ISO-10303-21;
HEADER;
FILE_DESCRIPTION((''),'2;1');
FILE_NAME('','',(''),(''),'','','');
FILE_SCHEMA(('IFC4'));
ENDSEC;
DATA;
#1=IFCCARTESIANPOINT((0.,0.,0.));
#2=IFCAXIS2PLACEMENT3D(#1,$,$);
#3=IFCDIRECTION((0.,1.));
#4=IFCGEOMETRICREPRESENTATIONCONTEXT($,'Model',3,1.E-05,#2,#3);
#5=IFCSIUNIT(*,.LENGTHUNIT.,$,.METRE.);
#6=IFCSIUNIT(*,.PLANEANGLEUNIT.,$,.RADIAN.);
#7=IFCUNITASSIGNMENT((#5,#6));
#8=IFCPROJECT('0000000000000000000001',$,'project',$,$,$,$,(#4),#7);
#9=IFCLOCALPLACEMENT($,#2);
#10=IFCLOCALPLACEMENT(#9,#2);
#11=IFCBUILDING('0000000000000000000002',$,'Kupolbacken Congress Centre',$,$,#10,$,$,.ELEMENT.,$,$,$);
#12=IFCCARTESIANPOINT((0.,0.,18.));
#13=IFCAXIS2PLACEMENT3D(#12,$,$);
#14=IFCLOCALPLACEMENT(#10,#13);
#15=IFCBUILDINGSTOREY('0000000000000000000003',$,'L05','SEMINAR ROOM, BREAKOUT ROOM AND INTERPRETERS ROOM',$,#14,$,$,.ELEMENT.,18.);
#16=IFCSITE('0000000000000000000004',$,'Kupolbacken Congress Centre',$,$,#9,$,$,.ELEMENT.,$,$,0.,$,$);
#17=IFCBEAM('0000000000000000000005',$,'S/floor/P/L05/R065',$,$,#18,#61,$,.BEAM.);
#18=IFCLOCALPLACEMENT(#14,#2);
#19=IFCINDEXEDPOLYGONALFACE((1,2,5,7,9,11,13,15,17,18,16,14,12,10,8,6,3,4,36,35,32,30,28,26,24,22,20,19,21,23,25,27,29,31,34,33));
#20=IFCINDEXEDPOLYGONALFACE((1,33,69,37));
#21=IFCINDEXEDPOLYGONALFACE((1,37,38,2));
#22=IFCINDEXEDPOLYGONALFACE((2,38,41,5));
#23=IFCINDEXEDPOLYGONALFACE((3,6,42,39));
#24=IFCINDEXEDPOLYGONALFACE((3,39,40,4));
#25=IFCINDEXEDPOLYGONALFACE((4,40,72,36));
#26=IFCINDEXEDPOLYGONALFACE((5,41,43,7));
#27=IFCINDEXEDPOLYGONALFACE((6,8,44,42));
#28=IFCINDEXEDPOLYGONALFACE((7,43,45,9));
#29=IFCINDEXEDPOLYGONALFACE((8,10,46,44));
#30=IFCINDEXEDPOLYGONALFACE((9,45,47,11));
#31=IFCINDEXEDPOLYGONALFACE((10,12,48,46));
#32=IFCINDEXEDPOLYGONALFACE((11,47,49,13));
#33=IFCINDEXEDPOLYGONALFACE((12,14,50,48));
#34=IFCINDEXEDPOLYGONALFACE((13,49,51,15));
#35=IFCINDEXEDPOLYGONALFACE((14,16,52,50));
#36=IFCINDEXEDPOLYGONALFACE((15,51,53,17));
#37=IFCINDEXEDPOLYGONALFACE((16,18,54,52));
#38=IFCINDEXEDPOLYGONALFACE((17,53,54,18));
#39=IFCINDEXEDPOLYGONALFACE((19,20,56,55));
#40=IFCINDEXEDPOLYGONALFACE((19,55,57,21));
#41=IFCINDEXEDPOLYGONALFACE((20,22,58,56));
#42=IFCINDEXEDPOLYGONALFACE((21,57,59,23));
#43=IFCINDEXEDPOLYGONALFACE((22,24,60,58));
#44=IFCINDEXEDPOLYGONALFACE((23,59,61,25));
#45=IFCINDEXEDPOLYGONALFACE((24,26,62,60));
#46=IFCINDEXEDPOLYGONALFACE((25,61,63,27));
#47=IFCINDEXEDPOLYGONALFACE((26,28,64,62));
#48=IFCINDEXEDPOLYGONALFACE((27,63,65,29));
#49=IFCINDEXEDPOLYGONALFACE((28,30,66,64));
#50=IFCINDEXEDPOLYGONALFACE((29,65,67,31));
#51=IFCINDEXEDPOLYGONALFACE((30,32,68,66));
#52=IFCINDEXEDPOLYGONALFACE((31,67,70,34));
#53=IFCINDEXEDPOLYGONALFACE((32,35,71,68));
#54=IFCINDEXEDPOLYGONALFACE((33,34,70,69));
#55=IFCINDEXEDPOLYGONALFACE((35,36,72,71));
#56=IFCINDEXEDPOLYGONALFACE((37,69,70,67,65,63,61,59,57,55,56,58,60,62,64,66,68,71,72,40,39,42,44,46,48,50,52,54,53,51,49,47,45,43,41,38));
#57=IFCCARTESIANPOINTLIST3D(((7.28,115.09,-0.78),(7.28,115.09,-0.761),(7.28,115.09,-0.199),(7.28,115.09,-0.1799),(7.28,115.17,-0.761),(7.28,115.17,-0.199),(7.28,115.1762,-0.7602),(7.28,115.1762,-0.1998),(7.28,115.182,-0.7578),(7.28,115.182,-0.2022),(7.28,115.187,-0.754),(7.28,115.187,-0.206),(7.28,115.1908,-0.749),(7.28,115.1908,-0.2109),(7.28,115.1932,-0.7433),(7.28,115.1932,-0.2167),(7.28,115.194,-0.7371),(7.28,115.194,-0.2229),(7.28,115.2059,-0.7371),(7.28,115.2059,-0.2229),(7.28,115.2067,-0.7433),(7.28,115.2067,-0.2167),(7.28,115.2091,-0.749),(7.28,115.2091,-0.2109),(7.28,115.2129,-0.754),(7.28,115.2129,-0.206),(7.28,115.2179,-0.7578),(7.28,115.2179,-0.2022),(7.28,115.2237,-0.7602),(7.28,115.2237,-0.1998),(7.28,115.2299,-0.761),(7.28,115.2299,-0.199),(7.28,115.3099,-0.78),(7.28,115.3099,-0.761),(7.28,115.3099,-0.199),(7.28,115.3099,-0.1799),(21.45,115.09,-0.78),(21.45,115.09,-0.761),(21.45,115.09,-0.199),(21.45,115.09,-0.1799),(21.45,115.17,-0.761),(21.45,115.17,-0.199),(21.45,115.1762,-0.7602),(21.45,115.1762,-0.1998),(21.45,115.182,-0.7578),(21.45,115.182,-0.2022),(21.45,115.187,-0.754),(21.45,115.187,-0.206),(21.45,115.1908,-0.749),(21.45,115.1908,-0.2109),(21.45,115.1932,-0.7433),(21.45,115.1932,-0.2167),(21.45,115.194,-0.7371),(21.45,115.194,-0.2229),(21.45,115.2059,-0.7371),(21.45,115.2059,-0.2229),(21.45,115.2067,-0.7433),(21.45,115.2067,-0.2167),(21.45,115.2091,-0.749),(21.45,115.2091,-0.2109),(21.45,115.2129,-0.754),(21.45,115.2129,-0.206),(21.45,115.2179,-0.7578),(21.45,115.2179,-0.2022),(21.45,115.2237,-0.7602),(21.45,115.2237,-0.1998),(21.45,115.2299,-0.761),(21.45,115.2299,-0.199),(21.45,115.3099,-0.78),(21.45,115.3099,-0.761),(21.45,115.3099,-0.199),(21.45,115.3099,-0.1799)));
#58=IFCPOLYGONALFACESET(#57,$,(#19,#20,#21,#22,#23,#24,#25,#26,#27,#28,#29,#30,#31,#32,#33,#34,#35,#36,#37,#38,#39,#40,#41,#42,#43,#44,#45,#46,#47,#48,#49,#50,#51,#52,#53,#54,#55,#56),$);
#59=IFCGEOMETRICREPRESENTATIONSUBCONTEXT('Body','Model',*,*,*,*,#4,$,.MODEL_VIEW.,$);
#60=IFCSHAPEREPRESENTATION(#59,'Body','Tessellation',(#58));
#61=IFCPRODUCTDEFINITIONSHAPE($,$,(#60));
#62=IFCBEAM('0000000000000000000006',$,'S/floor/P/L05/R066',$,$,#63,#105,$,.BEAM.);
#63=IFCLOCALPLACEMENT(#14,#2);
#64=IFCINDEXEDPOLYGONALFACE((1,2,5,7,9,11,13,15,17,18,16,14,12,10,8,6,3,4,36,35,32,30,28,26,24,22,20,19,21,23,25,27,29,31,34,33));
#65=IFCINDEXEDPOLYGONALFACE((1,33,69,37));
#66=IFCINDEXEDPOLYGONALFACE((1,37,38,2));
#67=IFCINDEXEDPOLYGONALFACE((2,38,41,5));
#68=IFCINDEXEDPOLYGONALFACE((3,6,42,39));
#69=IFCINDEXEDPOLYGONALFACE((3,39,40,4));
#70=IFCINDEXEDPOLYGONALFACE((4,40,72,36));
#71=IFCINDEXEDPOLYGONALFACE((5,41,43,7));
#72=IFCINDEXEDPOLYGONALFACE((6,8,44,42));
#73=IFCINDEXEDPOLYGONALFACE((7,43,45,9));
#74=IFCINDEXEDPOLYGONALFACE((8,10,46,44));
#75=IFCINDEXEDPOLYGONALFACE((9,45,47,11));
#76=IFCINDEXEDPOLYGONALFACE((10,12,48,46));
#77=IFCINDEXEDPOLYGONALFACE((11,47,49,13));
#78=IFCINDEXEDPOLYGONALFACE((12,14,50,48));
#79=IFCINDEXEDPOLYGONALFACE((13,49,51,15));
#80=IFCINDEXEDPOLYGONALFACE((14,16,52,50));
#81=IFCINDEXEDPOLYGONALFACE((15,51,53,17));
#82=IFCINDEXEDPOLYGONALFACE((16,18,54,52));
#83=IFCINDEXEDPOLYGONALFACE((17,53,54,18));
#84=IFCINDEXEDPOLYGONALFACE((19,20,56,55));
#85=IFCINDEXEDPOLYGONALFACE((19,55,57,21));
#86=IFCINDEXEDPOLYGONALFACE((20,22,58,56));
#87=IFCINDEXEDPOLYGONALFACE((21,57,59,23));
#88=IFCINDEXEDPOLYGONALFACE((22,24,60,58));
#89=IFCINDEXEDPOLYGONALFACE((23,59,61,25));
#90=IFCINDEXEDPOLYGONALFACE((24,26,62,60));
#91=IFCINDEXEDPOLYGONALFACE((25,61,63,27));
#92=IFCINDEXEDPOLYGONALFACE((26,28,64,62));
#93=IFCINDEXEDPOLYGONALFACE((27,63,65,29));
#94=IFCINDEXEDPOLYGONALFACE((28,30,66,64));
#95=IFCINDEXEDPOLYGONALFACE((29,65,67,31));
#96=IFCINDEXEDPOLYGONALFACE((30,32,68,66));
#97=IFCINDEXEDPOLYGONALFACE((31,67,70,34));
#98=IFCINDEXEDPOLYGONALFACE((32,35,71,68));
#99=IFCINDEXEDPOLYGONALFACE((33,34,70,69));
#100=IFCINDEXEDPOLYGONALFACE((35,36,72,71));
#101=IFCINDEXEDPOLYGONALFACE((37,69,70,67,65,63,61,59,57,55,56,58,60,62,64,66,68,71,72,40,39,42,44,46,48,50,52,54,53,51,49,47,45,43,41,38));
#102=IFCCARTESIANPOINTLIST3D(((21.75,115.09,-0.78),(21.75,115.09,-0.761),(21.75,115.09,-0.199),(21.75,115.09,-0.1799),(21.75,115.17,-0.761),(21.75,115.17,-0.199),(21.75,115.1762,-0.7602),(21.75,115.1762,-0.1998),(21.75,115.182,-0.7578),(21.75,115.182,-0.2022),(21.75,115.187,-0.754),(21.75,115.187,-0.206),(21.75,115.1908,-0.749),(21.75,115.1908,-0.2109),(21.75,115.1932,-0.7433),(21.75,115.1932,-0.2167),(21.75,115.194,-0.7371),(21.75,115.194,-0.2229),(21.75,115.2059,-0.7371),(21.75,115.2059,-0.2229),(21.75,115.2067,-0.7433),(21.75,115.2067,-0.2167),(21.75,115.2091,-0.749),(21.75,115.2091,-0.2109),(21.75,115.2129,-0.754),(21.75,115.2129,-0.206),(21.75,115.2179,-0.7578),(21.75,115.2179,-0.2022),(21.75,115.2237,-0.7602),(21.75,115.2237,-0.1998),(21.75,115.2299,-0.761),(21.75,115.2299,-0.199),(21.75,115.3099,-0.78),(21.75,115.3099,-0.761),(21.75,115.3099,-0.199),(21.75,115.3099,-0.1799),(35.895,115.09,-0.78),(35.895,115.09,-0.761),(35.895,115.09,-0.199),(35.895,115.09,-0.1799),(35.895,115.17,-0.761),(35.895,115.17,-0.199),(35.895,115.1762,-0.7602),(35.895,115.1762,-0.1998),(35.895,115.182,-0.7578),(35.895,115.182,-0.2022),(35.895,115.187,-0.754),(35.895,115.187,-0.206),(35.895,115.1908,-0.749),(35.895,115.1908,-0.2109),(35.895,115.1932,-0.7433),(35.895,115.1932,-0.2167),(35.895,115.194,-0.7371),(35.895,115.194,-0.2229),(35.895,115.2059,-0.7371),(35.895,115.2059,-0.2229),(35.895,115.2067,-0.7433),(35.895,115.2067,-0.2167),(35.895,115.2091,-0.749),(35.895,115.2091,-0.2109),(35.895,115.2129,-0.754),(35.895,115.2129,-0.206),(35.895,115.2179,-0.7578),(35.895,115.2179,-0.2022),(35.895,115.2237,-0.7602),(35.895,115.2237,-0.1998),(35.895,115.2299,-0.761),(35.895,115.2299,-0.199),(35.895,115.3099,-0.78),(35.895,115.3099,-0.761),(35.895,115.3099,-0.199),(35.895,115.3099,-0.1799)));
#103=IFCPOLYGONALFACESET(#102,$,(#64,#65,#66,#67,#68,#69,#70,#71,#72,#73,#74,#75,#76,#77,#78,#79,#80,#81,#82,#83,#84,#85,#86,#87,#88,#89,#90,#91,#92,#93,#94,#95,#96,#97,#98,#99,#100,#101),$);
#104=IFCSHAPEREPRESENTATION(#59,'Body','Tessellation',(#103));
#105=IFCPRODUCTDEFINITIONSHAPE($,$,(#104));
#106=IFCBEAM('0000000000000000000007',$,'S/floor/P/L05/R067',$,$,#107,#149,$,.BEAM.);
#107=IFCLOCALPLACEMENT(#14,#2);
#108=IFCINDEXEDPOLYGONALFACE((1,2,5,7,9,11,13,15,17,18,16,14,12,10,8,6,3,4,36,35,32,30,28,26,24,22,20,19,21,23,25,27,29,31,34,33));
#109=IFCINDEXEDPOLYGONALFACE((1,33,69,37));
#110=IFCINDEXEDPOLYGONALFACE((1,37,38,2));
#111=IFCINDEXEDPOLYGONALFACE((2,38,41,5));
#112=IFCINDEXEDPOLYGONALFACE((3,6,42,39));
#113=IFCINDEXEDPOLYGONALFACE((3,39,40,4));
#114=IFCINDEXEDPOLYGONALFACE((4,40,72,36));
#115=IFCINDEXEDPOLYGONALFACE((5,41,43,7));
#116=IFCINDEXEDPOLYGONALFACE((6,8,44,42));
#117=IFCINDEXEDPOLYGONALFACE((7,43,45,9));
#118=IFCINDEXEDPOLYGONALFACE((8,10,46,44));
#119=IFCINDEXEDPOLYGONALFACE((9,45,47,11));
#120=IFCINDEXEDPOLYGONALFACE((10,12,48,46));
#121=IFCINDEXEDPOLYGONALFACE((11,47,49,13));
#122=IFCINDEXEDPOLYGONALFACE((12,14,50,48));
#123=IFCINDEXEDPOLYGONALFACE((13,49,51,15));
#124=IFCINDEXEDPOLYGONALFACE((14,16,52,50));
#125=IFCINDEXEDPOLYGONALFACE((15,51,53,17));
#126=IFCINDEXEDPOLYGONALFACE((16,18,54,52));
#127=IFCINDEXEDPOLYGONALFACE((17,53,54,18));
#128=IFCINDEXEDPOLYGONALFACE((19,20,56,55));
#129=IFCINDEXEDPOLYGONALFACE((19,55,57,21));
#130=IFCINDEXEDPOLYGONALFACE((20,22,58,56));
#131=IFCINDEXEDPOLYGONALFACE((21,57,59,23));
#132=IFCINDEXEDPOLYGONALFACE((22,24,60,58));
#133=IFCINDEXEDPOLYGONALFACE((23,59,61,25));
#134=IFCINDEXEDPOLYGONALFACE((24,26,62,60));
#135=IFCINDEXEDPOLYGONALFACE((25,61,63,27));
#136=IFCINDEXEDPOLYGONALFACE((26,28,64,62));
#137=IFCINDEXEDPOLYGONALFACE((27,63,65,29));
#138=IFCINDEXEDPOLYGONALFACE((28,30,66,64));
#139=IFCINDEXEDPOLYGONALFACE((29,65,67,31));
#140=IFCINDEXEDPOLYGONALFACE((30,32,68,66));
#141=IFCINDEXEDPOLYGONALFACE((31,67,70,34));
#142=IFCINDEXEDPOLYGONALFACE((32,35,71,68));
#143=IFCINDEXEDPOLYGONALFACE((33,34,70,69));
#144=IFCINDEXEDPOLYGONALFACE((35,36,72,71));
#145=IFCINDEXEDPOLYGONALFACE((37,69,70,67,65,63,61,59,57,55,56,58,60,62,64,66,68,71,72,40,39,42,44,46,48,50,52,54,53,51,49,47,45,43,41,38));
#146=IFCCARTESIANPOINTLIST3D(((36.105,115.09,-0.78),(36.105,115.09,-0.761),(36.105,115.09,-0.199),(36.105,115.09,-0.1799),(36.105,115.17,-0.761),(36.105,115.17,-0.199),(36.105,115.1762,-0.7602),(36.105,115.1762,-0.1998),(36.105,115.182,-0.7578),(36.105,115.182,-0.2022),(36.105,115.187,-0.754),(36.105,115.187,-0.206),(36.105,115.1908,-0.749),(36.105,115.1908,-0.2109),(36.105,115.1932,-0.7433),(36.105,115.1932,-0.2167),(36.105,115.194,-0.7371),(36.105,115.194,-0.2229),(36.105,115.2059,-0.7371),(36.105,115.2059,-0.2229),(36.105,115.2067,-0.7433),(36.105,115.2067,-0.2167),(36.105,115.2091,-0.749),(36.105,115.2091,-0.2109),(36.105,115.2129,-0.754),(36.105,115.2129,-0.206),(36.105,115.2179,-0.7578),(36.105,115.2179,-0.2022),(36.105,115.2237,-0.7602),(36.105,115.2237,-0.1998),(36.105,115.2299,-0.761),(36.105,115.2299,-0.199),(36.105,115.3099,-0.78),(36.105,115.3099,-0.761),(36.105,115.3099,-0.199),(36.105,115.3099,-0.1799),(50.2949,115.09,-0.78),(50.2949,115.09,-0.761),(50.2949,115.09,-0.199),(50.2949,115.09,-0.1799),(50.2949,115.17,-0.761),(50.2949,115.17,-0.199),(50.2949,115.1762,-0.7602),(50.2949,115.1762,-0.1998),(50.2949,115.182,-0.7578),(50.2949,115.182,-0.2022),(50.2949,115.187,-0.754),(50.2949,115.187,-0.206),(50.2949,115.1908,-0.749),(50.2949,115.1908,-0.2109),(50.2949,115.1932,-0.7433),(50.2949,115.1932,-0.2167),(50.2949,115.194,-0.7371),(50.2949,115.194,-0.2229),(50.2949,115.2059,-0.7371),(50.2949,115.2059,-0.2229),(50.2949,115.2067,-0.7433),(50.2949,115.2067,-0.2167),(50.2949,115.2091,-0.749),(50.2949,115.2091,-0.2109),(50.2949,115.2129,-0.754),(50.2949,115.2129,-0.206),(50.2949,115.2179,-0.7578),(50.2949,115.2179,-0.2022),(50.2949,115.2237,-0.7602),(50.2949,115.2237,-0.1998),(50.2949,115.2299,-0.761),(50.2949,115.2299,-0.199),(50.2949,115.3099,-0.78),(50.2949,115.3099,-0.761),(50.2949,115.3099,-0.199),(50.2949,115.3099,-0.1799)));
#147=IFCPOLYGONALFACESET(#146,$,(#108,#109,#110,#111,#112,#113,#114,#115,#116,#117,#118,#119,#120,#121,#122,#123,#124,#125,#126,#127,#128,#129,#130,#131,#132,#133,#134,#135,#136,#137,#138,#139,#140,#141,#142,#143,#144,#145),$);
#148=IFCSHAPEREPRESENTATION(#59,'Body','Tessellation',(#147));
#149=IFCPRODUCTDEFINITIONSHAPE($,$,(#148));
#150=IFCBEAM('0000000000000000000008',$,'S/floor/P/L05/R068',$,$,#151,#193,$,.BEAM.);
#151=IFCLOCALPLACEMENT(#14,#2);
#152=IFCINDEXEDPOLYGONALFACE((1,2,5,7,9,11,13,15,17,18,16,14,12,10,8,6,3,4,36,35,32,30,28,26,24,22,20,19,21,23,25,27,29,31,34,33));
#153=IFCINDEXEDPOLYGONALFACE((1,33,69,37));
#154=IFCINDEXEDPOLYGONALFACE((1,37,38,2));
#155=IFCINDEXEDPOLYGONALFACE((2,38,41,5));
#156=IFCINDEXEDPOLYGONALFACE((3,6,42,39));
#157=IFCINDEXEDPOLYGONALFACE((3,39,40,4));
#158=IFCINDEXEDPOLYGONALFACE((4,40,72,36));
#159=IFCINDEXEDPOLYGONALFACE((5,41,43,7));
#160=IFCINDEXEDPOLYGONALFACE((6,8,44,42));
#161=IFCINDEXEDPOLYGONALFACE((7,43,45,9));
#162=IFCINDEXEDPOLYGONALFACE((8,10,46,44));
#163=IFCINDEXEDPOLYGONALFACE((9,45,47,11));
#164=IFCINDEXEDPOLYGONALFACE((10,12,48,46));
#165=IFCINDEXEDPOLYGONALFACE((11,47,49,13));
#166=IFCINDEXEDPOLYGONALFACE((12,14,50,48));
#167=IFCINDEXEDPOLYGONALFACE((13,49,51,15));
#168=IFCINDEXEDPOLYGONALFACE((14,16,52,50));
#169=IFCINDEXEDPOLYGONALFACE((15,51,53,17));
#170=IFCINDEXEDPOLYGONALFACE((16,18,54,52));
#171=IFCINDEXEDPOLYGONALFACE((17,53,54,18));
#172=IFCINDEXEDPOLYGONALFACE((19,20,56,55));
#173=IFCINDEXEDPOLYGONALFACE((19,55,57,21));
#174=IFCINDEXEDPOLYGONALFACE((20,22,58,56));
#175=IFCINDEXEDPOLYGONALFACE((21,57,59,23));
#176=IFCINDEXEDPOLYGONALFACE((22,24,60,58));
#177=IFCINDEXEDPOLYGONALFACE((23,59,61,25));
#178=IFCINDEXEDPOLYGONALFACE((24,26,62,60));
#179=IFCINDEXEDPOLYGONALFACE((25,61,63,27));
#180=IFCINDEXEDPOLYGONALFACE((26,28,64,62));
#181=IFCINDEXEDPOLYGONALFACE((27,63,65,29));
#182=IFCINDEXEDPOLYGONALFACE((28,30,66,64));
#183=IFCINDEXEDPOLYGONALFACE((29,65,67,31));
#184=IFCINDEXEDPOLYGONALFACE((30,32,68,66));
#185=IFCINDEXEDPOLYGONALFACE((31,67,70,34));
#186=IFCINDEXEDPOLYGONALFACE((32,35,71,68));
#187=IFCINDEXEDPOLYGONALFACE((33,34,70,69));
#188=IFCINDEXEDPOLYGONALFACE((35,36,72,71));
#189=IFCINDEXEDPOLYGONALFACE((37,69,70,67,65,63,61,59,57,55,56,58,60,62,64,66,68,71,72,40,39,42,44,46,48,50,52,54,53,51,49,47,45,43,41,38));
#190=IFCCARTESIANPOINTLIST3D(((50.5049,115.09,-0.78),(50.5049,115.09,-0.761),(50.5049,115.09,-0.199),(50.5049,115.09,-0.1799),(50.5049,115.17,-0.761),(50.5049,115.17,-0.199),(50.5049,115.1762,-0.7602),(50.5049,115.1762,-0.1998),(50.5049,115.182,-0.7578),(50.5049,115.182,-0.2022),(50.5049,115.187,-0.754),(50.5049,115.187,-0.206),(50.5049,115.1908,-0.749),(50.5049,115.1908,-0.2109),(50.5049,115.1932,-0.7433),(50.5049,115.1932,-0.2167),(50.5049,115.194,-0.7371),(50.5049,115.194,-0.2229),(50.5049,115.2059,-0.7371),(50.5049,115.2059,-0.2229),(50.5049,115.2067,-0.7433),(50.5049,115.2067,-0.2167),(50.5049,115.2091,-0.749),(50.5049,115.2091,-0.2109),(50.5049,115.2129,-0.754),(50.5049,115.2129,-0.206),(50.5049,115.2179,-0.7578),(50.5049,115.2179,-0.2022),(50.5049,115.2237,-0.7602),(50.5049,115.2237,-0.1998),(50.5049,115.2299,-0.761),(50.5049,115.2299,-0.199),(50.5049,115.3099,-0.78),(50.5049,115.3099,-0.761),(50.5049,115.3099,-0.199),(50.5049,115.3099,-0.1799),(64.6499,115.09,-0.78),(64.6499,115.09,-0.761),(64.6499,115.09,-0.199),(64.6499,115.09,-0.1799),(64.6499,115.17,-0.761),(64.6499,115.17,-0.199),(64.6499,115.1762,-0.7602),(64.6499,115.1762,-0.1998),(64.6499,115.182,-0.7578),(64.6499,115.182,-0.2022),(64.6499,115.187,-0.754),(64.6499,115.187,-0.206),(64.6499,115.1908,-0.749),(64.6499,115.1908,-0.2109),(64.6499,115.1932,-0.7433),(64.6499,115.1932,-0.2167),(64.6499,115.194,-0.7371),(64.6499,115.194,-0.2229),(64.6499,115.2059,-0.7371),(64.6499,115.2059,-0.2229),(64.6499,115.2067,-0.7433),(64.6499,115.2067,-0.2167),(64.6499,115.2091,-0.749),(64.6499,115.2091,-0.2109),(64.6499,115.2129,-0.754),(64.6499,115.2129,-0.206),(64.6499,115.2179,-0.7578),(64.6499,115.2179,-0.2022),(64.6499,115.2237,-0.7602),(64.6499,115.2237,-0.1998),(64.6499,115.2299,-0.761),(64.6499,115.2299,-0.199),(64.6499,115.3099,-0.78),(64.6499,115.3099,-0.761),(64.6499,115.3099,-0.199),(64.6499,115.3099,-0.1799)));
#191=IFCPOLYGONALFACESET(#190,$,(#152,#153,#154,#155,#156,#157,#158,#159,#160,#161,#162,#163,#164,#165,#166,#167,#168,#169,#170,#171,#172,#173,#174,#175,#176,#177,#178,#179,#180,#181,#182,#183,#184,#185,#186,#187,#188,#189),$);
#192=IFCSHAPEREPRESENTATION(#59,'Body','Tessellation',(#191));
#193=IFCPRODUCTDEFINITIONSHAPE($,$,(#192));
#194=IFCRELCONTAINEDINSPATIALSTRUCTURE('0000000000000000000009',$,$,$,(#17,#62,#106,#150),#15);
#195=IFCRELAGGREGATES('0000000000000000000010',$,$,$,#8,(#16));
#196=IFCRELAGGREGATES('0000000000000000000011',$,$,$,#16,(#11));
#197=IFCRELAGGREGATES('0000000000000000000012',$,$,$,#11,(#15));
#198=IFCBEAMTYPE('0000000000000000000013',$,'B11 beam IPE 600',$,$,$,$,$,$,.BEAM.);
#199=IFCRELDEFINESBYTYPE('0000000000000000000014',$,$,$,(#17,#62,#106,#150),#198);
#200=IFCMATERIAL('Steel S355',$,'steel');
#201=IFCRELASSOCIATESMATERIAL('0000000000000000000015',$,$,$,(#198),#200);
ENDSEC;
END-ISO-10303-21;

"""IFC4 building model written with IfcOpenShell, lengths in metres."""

from ifc_helpers import new_model, si_unit, direction, frame, origin, origin_2d, place, context, subcontext, project, spatial, i_section, extrude, material, material_profile, profile_set, type_object, element, save


model = new_model("IFC4")

# Units and contexts
model_context = context("Model", 3, precision=1e-05, world=origin(), true_north=direction((0.0, 1.0)))
body_context = subcontext(model_context, "Body", "Model", "MODEL_VIEW")
ifc_project = project(units=[si_unit("LENGTHUNIT", "METRE"), si_unit("PLANEANGLEUNIT", "RADIAN")], contexts=[model_context])

# Site, building, storey
site_placement = place(None, origin())
site = spatial("IfcSite", under=ifc_project, at=site_placement, Name="Kupolbacken Congress Centre", CompositionType="ELEMENT", RefElevation=0.0)
building_placement = place(site_placement, origin())
building = spatial("IfcBuilding", under=site, at=building_placement, Name="Kupolbacken Congress Centre", CompositionType="ELEMENT")
storey_placement = place(building_placement, frame((0.0, 0.0, 18.0)))
storey = spatial("IfcBuildingStorey", under=building, at=storey_placement, Name="L05", Description="SEMINAR ROOM, BREAKOUT ROOM AND INTERPRETERS ROOM", CompositionType="ELEMENT", Elevation=18.0)

# Beams
ifc_material_1 = material(Name="Steel S355", Category="steel")
ifc_material_profile_1 = material_profile(ifc_material_1, i_section(OverallWidth=0.22, OverallDepth=0.6001, WebThickness=0.012, FlangeThickness=0.019, FilletRadius=0.0239, at=origin_2d()), Name="IPE 600")
ifc_profile_set_1 = profile_set([ifc_material_profile_1], Name="Steel S355")
beam_type_1 = type_object("IfcBeamType", Name="B11 beam IPE 600", PredefinedType="BEAM", material=ifc_profile_set_1)
beam_1_placement = place(storey_placement, frame((7.28, 115.2, -0.48), z_axis=(1.0, 0.0, 0.0), x_axis=(0.0, 1.0, 0.0)))
element("IfcBeam", 1, at=beam_1_placement, inside=storey, type_object=beam_type_1, Name="S/floor/P/L05/R065", PredefinedType="BEAM", context=body_context, shape_type="SweptSolid", body=[
    extrude(i_section(OverallWidth=0.22, OverallDepth=0.6001, WebThickness=0.012, FlangeThickness=0.019, FilletRadius=0.0239, at=origin_2d()), origin(), (0.0, 0.0, 1.0), 14.1699),
])
beam_2_placement = place(storey_placement, frame((21.75, 115.2, -0.48), z_axis=(1.0, 0.0, 0.0), x_axis=(0.0, 1.0, 0.0)))
element("IfcBeam", 2, at=beam_2_placement, inside=storey, type_object=beam_type_1, Name="S/floor/P/L05/R066", PredefinedType="BEAM", context=body_context, shape_type="SweptSolid", body=[
    extrude(i_section(OverallWidth=0.22, OverallDepth=0.6001, WebThickness=0.012, FlangeThickness=0.019, FilletRadius=0.0239, at=origin_2d()), origin(), (0.0, 0.0, 1.0), 14.145),
])
beam_3_placement = place(storey_placement, frame((36.105, 115.2, -0.48), z_axis=(1.0, 0.0, 0.0), x_axis=(0.0, 1.0, 0.0)))
element("IfcBeam", 3, at=beam_3_placement, inside=storey, type_object=beam_type_1, Name="S/floor/P/L05/R067", PredefinedType="BEAM", context=body_context, shape_type="SweptSolid", body=[
    extrude(i_section(OverallWidth=0.22, OverallDepth=0.6001, WebThickness=0.012, FlangeThickness=0.019, FilletRadius=0.0239, at=origin_2d()), origin(), (0.0, 0.0, 1.0), 14.1899),
])
beam_4_placement = place(storey_placement, frame((50.5049, 115.2, -0.48), z_axis=(1.0, 0.0, 0.0), x_axis=(0.0, 1.0, 0.0)))
element("IfcBeam", 4, at=beam_4_placement, inside=storey, type_object=beam_type_1, Name="S/floor/P/L05/R068", PredefinedType="BEAM", context=body_context, shape_type="SweptSolid", body=[
    extrude(i_section(OverallWidth=0.22, OverallDepth=0.6001, WebThickness=0.012, FlangeThickness=0.019, FilletRadius=0.0239, at=origin_2d()), origin(), (0.0, 0.0, 1.0), 14.145),
])

save(model, "model.ifc")
